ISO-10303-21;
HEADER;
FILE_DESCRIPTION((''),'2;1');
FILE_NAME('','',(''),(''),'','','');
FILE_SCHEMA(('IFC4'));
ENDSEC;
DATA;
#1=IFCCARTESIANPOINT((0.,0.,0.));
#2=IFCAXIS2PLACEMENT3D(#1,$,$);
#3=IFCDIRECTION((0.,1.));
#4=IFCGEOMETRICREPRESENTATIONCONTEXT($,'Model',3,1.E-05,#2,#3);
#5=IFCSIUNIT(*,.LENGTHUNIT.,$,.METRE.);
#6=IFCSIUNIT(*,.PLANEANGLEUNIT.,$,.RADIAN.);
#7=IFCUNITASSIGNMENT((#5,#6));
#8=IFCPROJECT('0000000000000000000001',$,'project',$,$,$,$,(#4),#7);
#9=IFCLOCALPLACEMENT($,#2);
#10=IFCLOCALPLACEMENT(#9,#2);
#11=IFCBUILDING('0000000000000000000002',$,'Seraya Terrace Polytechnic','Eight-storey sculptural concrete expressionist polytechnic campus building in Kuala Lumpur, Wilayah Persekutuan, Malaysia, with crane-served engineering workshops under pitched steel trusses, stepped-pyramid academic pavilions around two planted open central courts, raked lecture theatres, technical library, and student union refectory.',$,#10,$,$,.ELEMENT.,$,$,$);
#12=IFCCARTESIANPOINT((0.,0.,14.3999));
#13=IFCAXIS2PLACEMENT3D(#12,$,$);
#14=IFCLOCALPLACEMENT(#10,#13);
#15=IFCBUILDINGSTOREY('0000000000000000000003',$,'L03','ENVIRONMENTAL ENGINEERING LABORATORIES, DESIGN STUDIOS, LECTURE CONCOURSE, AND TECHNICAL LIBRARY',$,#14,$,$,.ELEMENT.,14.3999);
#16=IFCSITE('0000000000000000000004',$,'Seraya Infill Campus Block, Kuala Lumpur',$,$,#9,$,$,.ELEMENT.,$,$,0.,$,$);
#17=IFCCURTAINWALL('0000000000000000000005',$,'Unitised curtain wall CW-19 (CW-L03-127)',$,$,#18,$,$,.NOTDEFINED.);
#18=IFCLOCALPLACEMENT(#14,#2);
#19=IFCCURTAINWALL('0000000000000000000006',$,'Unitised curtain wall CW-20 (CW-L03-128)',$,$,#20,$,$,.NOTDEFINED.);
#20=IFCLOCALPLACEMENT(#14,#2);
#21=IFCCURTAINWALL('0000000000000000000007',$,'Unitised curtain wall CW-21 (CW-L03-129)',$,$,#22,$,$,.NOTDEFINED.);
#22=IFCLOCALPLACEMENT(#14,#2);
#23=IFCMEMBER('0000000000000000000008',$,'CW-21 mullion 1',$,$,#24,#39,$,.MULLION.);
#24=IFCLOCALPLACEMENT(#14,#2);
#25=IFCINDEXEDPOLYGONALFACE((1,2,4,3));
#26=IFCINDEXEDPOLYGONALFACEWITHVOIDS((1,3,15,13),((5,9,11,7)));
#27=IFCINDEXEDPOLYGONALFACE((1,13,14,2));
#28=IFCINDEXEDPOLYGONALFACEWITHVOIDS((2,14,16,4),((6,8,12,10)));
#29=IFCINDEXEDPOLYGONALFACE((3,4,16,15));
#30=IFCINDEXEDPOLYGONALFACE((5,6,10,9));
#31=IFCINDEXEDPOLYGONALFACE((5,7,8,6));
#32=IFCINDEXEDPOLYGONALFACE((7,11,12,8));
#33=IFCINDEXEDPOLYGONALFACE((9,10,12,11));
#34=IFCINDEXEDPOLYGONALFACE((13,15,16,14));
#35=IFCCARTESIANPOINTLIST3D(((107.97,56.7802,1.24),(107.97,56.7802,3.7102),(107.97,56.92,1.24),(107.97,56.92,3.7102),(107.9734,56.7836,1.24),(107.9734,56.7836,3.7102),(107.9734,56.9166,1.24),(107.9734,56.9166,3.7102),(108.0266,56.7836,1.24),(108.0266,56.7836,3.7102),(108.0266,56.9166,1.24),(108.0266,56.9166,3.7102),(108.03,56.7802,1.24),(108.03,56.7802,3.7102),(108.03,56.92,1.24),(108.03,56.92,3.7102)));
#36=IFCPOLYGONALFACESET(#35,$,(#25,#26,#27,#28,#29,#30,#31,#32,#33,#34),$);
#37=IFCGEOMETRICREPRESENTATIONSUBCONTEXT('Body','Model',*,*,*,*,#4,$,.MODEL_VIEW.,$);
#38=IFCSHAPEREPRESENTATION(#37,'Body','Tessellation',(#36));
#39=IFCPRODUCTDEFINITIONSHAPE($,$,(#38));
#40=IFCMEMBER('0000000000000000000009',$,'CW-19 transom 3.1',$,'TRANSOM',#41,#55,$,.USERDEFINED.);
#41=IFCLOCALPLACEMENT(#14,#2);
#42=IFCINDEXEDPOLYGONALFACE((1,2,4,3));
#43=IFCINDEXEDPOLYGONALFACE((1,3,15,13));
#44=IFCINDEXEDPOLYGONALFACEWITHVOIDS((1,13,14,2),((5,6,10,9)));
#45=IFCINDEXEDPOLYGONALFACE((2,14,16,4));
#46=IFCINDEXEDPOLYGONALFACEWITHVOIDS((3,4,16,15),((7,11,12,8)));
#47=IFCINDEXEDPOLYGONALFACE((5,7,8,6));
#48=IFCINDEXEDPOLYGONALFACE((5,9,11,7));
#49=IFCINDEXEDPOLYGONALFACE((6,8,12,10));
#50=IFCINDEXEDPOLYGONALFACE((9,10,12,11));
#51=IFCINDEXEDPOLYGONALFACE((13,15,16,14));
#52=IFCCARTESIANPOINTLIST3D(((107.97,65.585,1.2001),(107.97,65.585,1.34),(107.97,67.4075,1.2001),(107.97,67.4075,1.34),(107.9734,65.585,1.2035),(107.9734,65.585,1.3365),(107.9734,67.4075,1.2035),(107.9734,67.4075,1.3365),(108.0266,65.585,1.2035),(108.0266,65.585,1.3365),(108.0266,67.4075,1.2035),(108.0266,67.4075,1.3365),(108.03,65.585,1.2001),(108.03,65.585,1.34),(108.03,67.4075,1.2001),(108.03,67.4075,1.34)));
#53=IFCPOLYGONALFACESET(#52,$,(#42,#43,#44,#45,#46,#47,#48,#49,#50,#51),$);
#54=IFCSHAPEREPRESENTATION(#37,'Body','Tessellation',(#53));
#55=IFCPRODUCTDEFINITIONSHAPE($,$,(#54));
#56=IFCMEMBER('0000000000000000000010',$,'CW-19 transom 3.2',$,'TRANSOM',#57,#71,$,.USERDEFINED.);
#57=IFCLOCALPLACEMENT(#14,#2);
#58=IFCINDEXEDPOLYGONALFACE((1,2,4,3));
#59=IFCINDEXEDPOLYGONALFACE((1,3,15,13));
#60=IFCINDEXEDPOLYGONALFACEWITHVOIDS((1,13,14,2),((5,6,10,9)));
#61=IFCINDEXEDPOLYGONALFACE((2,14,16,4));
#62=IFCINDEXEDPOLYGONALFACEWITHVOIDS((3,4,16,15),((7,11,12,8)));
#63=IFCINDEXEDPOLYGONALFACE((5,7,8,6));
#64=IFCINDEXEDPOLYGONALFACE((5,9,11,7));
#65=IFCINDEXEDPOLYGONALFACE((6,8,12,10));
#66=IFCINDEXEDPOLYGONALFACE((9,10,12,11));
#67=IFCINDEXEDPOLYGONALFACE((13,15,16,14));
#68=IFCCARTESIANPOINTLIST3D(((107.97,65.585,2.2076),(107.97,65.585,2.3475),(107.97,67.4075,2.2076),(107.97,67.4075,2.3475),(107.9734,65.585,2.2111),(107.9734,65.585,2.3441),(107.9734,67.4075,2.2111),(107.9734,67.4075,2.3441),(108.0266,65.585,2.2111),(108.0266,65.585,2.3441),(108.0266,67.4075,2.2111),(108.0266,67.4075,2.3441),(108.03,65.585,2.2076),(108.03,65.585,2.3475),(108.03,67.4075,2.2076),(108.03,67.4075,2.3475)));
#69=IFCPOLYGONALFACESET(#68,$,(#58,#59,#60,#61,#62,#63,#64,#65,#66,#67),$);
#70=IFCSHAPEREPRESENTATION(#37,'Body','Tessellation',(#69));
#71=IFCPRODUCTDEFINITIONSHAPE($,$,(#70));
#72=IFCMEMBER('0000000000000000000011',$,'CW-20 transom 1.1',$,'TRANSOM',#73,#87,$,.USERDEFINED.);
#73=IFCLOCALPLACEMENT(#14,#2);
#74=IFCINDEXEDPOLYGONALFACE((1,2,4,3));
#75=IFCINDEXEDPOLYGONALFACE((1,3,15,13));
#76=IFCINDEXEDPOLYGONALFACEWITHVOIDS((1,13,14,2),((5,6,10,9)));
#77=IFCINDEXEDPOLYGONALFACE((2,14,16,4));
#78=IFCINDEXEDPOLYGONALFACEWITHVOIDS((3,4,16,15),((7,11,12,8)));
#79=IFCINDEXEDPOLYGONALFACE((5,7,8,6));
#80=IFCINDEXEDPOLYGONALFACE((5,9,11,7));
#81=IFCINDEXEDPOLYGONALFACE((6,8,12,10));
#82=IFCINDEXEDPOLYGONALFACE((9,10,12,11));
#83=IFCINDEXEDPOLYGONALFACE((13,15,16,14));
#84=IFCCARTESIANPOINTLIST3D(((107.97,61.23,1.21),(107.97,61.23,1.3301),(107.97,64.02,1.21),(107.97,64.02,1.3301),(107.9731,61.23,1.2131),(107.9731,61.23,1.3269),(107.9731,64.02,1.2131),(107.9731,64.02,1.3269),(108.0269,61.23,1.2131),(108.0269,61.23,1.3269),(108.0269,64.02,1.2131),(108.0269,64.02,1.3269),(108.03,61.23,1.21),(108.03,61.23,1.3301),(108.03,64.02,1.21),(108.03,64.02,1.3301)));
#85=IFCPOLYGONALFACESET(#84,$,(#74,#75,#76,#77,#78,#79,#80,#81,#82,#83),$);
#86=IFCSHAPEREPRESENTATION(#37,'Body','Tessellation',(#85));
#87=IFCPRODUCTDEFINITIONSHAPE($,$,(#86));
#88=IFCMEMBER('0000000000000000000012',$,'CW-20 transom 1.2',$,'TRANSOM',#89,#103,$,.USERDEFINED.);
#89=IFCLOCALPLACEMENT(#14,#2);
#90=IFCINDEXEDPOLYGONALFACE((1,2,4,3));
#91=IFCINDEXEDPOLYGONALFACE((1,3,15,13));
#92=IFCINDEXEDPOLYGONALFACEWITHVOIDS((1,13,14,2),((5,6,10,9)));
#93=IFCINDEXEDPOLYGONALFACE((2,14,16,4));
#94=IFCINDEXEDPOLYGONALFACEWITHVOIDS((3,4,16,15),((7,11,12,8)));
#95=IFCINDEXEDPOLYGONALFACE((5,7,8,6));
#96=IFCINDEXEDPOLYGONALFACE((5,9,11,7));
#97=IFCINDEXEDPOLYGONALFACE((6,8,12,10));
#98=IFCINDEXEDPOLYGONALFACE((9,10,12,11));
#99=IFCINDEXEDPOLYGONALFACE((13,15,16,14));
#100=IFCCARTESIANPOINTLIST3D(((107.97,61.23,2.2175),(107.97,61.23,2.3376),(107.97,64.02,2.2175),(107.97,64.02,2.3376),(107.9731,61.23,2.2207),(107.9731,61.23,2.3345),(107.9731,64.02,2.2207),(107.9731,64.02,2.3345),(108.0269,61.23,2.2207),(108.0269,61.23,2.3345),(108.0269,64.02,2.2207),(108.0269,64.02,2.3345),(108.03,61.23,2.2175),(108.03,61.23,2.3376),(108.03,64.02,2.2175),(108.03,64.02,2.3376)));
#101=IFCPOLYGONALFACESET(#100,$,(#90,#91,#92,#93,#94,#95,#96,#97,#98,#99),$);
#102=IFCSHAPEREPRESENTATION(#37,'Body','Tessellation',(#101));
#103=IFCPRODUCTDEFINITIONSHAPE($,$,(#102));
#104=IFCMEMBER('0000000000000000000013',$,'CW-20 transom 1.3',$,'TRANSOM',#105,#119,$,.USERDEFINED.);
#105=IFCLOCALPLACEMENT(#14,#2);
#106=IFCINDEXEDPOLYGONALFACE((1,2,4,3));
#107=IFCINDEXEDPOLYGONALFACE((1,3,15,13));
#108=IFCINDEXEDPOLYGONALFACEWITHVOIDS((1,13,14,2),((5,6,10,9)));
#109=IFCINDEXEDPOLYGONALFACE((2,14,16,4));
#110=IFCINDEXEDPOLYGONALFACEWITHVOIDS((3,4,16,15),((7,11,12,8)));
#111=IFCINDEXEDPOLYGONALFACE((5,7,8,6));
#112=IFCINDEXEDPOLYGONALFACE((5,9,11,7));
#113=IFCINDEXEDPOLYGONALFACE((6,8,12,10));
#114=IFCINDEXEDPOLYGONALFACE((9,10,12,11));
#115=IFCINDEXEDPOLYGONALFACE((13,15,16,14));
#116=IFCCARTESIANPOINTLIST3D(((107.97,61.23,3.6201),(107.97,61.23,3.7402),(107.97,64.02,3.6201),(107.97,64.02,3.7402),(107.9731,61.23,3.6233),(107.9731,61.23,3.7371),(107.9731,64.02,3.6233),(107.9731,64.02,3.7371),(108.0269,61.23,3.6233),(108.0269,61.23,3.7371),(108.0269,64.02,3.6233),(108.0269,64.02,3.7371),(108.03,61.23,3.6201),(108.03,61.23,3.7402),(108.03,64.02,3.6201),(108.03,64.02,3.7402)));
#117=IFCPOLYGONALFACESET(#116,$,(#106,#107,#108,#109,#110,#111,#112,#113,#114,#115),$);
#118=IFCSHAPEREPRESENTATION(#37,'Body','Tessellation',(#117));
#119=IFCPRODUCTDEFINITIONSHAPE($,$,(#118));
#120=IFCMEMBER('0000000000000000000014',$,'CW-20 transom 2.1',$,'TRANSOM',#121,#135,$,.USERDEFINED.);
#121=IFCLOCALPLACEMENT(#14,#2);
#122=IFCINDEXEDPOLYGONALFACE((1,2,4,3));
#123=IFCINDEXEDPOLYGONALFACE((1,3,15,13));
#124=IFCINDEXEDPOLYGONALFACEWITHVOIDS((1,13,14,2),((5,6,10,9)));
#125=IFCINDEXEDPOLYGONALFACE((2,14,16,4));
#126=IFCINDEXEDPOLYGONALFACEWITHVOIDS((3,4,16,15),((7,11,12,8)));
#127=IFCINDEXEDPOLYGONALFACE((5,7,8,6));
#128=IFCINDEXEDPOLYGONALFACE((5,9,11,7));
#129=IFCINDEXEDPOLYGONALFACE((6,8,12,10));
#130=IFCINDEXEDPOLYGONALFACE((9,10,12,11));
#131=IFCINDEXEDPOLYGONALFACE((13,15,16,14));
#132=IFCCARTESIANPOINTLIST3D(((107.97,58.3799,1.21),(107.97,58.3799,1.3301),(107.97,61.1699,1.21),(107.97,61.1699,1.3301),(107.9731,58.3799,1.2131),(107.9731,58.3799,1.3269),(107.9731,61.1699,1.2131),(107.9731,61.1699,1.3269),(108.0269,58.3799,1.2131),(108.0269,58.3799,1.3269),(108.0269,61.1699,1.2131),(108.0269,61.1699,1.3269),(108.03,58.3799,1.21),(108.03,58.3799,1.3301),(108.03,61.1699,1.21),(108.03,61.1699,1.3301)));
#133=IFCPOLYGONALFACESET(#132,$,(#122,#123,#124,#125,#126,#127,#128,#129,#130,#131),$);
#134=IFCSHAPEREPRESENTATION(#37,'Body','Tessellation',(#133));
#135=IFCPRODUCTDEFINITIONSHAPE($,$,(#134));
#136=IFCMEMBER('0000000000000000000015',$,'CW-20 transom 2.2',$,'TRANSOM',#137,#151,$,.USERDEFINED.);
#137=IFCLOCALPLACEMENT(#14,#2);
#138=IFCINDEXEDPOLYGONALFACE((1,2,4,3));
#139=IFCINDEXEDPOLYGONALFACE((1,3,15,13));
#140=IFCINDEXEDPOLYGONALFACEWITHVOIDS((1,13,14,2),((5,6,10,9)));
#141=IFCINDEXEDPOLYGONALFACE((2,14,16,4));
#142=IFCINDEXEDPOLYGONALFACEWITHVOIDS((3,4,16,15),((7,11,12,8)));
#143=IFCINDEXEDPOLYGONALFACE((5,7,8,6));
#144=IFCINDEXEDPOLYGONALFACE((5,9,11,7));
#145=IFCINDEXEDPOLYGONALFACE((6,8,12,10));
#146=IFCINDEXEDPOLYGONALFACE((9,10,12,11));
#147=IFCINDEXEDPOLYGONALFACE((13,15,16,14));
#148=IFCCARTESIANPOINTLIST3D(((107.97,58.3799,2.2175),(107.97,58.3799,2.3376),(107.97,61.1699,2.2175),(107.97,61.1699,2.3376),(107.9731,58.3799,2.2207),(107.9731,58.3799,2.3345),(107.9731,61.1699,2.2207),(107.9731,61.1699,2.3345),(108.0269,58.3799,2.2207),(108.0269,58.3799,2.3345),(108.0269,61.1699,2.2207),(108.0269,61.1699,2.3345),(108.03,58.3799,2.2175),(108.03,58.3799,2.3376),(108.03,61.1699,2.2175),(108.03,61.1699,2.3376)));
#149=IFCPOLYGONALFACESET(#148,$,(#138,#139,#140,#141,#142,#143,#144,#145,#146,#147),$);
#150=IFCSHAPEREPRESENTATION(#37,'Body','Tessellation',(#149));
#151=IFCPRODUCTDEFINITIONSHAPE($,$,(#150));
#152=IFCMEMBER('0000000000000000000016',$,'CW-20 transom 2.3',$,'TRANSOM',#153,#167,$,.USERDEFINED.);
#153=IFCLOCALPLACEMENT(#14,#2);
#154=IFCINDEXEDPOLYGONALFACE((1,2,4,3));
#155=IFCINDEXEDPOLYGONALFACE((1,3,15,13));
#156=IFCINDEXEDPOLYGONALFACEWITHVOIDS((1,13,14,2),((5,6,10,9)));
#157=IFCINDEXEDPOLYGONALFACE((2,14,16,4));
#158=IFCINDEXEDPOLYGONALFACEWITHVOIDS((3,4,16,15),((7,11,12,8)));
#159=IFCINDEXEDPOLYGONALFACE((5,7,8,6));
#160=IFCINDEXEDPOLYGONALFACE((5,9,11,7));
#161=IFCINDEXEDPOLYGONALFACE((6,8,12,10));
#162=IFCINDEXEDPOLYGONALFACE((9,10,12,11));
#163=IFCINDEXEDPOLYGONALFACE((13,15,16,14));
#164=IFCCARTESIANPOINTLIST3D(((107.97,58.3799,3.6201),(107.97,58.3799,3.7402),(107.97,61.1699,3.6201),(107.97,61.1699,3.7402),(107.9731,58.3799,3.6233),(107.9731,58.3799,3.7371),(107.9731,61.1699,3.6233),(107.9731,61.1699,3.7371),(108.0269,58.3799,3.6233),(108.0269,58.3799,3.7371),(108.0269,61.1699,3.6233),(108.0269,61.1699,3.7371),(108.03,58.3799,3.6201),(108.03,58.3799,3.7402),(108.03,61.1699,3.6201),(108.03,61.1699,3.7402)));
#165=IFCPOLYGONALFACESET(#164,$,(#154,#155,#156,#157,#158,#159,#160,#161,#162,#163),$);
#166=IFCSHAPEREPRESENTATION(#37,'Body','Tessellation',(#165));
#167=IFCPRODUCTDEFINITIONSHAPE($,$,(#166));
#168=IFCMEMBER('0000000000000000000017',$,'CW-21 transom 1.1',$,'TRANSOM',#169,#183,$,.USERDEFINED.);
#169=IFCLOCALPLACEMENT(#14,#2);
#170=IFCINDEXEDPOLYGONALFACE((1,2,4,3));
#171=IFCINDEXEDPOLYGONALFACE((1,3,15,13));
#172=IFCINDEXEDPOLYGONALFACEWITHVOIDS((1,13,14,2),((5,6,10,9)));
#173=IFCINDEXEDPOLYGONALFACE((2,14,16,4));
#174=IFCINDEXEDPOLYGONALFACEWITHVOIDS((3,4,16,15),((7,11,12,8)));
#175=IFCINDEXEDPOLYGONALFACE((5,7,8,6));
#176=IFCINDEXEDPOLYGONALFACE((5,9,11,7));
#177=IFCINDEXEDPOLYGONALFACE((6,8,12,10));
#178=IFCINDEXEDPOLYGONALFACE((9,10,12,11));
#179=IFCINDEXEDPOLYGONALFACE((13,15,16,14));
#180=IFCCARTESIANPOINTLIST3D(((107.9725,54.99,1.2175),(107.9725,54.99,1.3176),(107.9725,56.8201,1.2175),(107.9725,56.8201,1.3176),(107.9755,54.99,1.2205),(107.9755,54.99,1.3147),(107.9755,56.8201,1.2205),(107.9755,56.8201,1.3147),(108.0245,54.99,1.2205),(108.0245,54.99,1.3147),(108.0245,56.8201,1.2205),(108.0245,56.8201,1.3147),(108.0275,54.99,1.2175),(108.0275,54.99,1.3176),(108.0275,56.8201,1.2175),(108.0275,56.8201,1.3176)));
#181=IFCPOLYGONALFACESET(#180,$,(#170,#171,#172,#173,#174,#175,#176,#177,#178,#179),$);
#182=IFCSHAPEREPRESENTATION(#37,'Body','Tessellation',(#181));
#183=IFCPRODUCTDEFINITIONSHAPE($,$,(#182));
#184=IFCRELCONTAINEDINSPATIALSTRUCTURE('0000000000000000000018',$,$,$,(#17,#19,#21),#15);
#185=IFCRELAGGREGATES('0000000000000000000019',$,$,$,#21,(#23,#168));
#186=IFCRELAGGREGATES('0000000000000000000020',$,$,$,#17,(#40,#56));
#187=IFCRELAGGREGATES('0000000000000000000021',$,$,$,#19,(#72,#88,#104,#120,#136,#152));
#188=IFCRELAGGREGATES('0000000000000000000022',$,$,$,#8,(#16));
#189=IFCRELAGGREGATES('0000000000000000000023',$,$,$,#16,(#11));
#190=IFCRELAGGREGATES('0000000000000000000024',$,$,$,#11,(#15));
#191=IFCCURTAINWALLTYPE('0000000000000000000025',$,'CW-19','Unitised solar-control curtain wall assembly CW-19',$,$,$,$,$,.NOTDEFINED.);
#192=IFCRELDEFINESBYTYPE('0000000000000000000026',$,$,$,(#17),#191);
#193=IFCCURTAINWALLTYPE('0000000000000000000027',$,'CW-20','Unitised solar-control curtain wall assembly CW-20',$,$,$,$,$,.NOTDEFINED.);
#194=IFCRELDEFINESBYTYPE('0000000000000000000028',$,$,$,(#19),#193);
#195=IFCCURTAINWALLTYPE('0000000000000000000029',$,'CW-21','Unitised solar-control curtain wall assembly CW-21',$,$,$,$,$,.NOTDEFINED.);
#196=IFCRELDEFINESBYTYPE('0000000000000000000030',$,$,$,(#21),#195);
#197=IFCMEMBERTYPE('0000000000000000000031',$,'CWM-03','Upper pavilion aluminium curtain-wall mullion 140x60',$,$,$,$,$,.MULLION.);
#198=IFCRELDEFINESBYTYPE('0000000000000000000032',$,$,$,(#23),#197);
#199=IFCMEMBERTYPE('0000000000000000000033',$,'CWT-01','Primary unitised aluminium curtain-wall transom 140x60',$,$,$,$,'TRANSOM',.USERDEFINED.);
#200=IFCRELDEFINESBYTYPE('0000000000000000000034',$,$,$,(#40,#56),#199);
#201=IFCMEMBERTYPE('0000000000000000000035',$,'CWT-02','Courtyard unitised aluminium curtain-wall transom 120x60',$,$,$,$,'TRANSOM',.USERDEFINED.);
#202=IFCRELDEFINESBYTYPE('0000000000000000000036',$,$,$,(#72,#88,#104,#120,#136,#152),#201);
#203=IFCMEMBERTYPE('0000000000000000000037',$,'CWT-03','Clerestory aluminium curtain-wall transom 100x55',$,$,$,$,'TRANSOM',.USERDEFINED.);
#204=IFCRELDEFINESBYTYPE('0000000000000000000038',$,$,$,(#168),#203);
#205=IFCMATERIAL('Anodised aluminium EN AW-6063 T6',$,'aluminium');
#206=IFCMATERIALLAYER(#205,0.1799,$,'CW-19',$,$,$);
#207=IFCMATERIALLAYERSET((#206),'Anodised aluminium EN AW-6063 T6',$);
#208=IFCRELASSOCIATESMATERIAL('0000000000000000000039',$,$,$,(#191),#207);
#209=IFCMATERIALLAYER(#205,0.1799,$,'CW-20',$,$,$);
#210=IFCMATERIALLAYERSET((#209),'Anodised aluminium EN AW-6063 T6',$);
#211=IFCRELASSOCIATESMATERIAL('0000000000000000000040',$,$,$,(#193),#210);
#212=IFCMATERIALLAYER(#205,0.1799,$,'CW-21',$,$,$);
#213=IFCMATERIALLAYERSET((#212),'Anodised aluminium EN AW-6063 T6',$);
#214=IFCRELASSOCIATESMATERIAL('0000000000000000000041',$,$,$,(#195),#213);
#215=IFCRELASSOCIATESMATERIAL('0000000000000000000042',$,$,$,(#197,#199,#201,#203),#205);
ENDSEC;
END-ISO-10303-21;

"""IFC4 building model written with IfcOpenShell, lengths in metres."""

from ifc_helpers import new_model, si_unit, direction, frame, origin, origin_2d, place, context, subcontext, project, spatial, hollow_rectangle, extrude, material, layer, layer_set, material_profile, profile_set, type_object, element, aggregate, save


model = new_model("IFC4")

# Units and contexts
model_context = context("Model", 3, precision=1e-05, world=origin(), true_north=direction((0.0, 1.0)))
body_context = subcontext(model_context, "Body", "Model", "MODEL_VIEW")
ifc_project = project(units=[si_unit("LENGTHUNIT", "METRE"), si_unit("PLANEANGLEUNIT", "RADIAN")], contexts=[model_context])

# Site, building, storey
site_placement = place(None, origin())
site = spatial("IfcSite", under=ifc_project, at=site_placement, Name="Seraya Infill Campus Block, Kuala Lumpur", CompositionType="ELEMENT", RefElevation=0.0)
building_placement = place(site_placement, origin())
building = spatial("IfcBuilding", under=site, at=building_placement, Name="Seraya Terrace Polytechnic", Description="Eight-storey sculptural concrete expressionist polytechnic campus building in Kuala Lumpur, Wilayah Persekutuan, Malaysia, with crane-served engineering workshops under pitched steel trusses, stepped-pyramid academic pavilions around two planted open central courts, raked lecture theatres, technical library, and student union refectory.", CompositionType="ELEMENT")
storey_placement = place(building_placement, frame((0.0, 0.0, 14.3999)))
storey = spatial("IfcBuildingStorey", under=building, at=storey_placement, Name="L03", Description="ENVIRONMENTAL ENGINEERING LABORATORIES, DESIGN STUDIOS, LECTURE CONCOURSE, AND TECHNICAL LIBRARY", CompositionType="ELEMENT", Elevation=14.3999)

# Curtain wall
ifc_material_1 = material(Name="Anodised aluminium EN AW-6063 T6", Category="aluminium")
ifc_layer_1 = layer(ifc_material_1, 0.1799, Name="CW-19")
ifc_layer_set_1 = layer_set([ifc_layer_1], Name="Anodised aluminium EN AW-6063 T6")
curtain_wall_type_1 = type_object("IfcCurtainWallType", Name="CW-19", Description="Unitised solar-control curtain wall assembly CW-19", PredefinedType="NOTDEFINED", material=ifc_layer_set_1)
curtain_wall_1_placement = place(storey_placement, origin())
curtain_wall_1 = element("IfcCurtainWall", 1, at=curtain_wall_1_placement, inside=storey, type_object=curtain_wall_type_1, Name="Unitised curtain wall CW-19 (CW-L03-127)", PredefinedType="NOTDEFINED")

# Curtain wall
ifc_layer_2 = layer(ifc_material_1, 0.1799, Name="CW-20")
ifc_layer_set_2 = layer_set([ifc_layer_2], Name="Anodised aluminium EN AW-6063 T6")
curtain_wall_type_2 = type_object("IfcCurtainWallType", Name="CW-20", Description="Unitised solar-control curtain wall assembly CW-20", PredefinedType="NOTDEFINED", material=ifc_layer_set_2)
curtain_wall_2_placement = place(storey_placement, origin())
curtain_wall_2 = element("IfcCurtainWall", 2, at=curtain_wall_2_placement, inside=storey, type_object=curtain_wall_type_2, Name="Unitised curtain wall CW-20 (CW-L03-128)", PredefinedType="NOTDEFINED")

# Curtain wall, member
ifc_layer_3 = layer(ifc_material_1, 0.1799, Name="CW-21")
ifc_layer_set_3 = layer_set([ifc_layer_3], Name="Anodised aluminium EN AW-6063 T6")
curtain_wall_type_3 = type_object("IfcCurtainWallType", Name="CW-21", Description="Unitised solar-control curtain wall assembly CW-21", PredefinedType="NOTDEFINED", material=ifc_layer_set_3)
curtain_wall_3_placement = place(storey_placement, origin())
curtain_wall_3 = element("IfcCurtainWall", 3, at=curtain_wall_3_placement, inside=storey, type_object=curtain_wall_type_3, Name="Unitised curtain wall CW-21 (CW-L03-129)", PredefinedType="NOTDEFINED")
ifc_material_profile_1 = material_profile(ifc_material_1, hollow_rectangle(XDim=0.0601, YDim=0.1399, WallThickness=0.0034, at=origin_2d()), Name="RHS 140x60x3.5")
ifc_profile_set_1 = profile_set([ifc_material_profile_1], Name="Anodised aluminium EN AW-6063 T6")
member_type_1 = type_object("IfcMemberType", Name="CWM-03", Description="Upper pavilion aluminium curtain-wall mullion 140x60", PredefinedType="MULLION", material=ifc_profile_set_1)
member_1_placement = place(storey_placement, frame((108.0, 56.8501, 1.24), z_axis=(0.0, 0.0, 1.0), x_axis=(1.0, 0.0, 0.0)))
member_1 = element("IfcMember", 4, at=member_1_placement, type_object=member_type_1, Name="CW-21 mullion 1", PredefinedType="MULLION", context=body_context, shape_type="SweptSolid", body=[
    extrude(hollow_rectangle(XDim=0.0601, YDim=0.1399, WallThickness=0.0034, at=origin_2d()), origin(), (0.0, 0.0, 1.0), 2.4702),
])

# Members
ifc_material_profile_2 = material_profile(ifc_material_1, hollow_rectangle(XDim=0.0601, YDim=0.1399, WallThickness=0.0034, at=origin_2d()), Name="RHS 140x60x3.5")
ifc_profile_set_2 = profile_set([ifc_material_profile_2], Name="Anodised aluminium EN AW-6063 T6")
member_type_2 = type_object("IfcMemberType", Name="CWT-01", Description="Primary unitised aluminium curtain-wall transom 140x60", ElementType="TRANSOM", PredefinedType="USERDEFINED", material=ifc_profile_set_2)
member_2_placement = place(storey_placement, frame((108.0, 67.4075, 1.27), z_axis=(0.0, -1.0, 0.0), x_axis=(1.0, 0.0, 0.0)))
member_2 = element("IfcMember", 5, at=member_2_placement, type_object=member_type_2, Name="CW-19 transom 3.1", ObjectType="TRANSOM", PredefinedType="USERDEFINED", context=body_context, shape_type="SweptSolid", body=[
    extrude(hollow_rectangle(XDim=0.0601, YDim=0.1399, WallThickness=0.0034, at=origin_2d()), origin(), (0.0, 0.0, 1.0), 1.8225),
])
member_3_placement = place(storey_placement, frame((108.0, 67.4075, 2.2776), z_axis=(0.0, -1.0, 0.0), x_axis=(1.0, 0.0, 0.0)))
member_3 = element("IfcMember", 6, at=member_3_placement, type_object=member_type_2, Name="CW-19 transom 3.2", ObjectType="TRANSOM", PredefinedType="USERDEFINED", context=body_context, shape_type="SweptSolid", body=[
    extrude(hollow_rectangle(XDim=0.0601, YDim=0.1399, WallThickness=0.0034, at=origin_2d()), origin(), (0.0, 0.0, 1.0), 1.8225),
])
ifc_material_profile_3 = material_profile(ifc_material_1, hollow_rectangle(XDim=0.0601, YDim=0.1201, WallThickness=0.0032, at=origin_2d()), Name="RHS 120x60x3.2")
ifc_profile_set_3 = profile_set([ifc_material_profile_3], Name="Anodised aluminium EN AW-6063 T6")
member_type_3 = type_object("IfcMemberType", Name="CWT-02", Description="Courtyard unitised aluminium curtain-wall transom 120x60", ElementType="TRANSOM", PredefinedType="USERDEFINED", material=ifc_profile_set_3)
member_4_placement = place(storey_placement, frame((108.0, 64.02, 1.27), z_axis=(0.0, -1.0, 0.0), x_axis=(1.0, 0.0, 0.0)))
member_4 = element("IfcMember", 7, at=member_4_placement, type_object=member_type_3, Name="CW-20 transom 1.1", ObjectType="TRANSOM", PredefinedType="USERDEFINED", context=body_context, shape_type="SweptSolid", body=[
    extrude(hollow_rectangle(XDim=0.0601, YDim=0.1201, WallThickness=0.0032, at=origin_2d()), origin(), (0.0, 0.0, 1.0), 2.79),
])
member_5_placement = place(storey_placement, frame((108.0, 64.02, 2.2776), z_axis=(0.0, -1.0, 0.0), x_axis=(1.0, 0.0, 0.0)))
member_5 = element("IfcMember", 8, at=member_5_placement, type_object=member_type_3, Name="CW-20 transom 1.2", ObjectType="TRANSOM", PredefinedType="USERDEFINED", context=body_context, shape_type="SweptSolid", body=[
    extrude(hollow_rectangle(XDim=0.0601, YDim=0.1201, WallThickness=0.0032, at=origin_2d()), origin(), (0.0, 0.0, 1.0), 2.79),
])
member_6_placement = place(storey_placement, frame((108.0, 64.02, 3.6802), z_axis=(0.0, -1.0, 0.0), x_axis=(1.0, 0.0, 0.0)))
member_6 = element("IfcMember", 9, at=member_6_placement, type_object=member_type_3, Name="CW-20 transom 1.3", ObjectType="TRANSOM", PredefinedType="USERDEFINED", context=body_context, shape_type="SweptSolid", body=[
    extrude(hollow_rectangle(XDim=0.0601, YDim=0.1201, WallThickness=0.0032, at=origin_2d()), origin(), (0.0, 0.0, 1.0), 2.79),
])
member_7_placement = place(storey_placement, frame((108.0, 61.1699, 1.27), z_axis=(0.0, -1.0, 0.0), x_axis=(1.0, 0.0, 0.0)))
member_7 = element("IfcMember", 10, at=member_7_placement, type_object=member_type_3, Name="CW-20 transom 2.1", ObjectType="TRANSOM", PredefinedType="USERDEFINED", context=body_context, shape_type="SweptSolid", body=[
    extrude(hollow_rectangle(XDim=0.0601, YDim=0.1201, WallThickness=0.0032, at=origin_2d()), origin(), (0.0, 0.0, 1.0), 2.79),
])
member_8_placement = place(storey_placement, frame((108.0, 61.1699, 2.2776), z_axis=(0.0, -1.0, 0.0), x_axis=(1.0, 0.0, 0.0)))
member_8 = element("IfcMember", 11, at=member_8_placement, type_object=member_type_3, Name="CW-20 transom 2.2", ObjectType="TRANSOM", PredefinedType="USERDEFINED", context=body_context, shape_type="SweptSolid", body=[
    extrude(hollow_rectangle(XDim=0.0601, YDim=0.1201, WallThickness=0.0032, at=origin_2d()), origin(), (0.0, 0.0, 1.0), 2.79),
])
member_9_placement = place(storey_placement, frame((108.0, 61.1699, 3.6802), z_axis=(0.0, -1.0, 0.0), x_axis=(1.0, 0.0, 0.0)))
member_9 = element("IfcMember", 12, at=member_9_placement, type_object=member_type_3, Name="CW-20 transom 2.3", ObjectType="TRANSOM", PredefinedType="USERDEFINED", context=body_context, shape_type="SweptSolid", body=[
    extrude(hollow_rectangle(XDim=0.0601, YDim=0.1201, WallThickness=0.0032, at=origin_2d()), origin(), (0.0, 0.0, 1.0), 2.79),
])
ifc_material_profile_4 = material_profile(ifc_material_1, hollow_rectangle(XDim=0.0549, YDim=0.1001, WallThickness=0.0029, at=origin_2d()), Name="RHS 100x55x3.0")
ifc_profile_set_4 = profile_set([ifc_material_profile_4], Name="Anodised aluminium EN AW-6063 T6")
member_type_4 = type_object("IfcMemberType", Name="CWT-03", Description="Clerestory aluminium curtain-wall transom 100x55", ElementType="TRANSOM", PredefinedType="USERDEFINED", material=ifc_profile_set_4)
member_10_placement = place(storey_placement, frame((108.0, 56.8201, 1.2676), z_axis=(0.0, -1.0, 0.0), x_axis=(1.0, 0.0, 0.0)))
member_10 = element("IfcMember", 13, at=member_10_placement, type_object=member_type_4, Name="CW-21 transom 1.1", ObjectType="TRANSOM", PredefinedType="USERDEFINED", context=body_context, shape_type="SweptSolid", body=[
    extrude(hollow_rectangle(XDim=0.0549, YDim=0.1001, WallThickness=0.0029, at=origin_2d()), origin(), (0.0, 0.0, 1.0), 1.8301),
])
aggregate(curtain_wall_3, [member_1, member_10])

aggregate(curtain_wall_1, [member_2, member_3])
aggregate(curtain_wall_2, [member_4, member_5, member_6, member_7, member_8, member_9])

save(model, "model.ifc")
